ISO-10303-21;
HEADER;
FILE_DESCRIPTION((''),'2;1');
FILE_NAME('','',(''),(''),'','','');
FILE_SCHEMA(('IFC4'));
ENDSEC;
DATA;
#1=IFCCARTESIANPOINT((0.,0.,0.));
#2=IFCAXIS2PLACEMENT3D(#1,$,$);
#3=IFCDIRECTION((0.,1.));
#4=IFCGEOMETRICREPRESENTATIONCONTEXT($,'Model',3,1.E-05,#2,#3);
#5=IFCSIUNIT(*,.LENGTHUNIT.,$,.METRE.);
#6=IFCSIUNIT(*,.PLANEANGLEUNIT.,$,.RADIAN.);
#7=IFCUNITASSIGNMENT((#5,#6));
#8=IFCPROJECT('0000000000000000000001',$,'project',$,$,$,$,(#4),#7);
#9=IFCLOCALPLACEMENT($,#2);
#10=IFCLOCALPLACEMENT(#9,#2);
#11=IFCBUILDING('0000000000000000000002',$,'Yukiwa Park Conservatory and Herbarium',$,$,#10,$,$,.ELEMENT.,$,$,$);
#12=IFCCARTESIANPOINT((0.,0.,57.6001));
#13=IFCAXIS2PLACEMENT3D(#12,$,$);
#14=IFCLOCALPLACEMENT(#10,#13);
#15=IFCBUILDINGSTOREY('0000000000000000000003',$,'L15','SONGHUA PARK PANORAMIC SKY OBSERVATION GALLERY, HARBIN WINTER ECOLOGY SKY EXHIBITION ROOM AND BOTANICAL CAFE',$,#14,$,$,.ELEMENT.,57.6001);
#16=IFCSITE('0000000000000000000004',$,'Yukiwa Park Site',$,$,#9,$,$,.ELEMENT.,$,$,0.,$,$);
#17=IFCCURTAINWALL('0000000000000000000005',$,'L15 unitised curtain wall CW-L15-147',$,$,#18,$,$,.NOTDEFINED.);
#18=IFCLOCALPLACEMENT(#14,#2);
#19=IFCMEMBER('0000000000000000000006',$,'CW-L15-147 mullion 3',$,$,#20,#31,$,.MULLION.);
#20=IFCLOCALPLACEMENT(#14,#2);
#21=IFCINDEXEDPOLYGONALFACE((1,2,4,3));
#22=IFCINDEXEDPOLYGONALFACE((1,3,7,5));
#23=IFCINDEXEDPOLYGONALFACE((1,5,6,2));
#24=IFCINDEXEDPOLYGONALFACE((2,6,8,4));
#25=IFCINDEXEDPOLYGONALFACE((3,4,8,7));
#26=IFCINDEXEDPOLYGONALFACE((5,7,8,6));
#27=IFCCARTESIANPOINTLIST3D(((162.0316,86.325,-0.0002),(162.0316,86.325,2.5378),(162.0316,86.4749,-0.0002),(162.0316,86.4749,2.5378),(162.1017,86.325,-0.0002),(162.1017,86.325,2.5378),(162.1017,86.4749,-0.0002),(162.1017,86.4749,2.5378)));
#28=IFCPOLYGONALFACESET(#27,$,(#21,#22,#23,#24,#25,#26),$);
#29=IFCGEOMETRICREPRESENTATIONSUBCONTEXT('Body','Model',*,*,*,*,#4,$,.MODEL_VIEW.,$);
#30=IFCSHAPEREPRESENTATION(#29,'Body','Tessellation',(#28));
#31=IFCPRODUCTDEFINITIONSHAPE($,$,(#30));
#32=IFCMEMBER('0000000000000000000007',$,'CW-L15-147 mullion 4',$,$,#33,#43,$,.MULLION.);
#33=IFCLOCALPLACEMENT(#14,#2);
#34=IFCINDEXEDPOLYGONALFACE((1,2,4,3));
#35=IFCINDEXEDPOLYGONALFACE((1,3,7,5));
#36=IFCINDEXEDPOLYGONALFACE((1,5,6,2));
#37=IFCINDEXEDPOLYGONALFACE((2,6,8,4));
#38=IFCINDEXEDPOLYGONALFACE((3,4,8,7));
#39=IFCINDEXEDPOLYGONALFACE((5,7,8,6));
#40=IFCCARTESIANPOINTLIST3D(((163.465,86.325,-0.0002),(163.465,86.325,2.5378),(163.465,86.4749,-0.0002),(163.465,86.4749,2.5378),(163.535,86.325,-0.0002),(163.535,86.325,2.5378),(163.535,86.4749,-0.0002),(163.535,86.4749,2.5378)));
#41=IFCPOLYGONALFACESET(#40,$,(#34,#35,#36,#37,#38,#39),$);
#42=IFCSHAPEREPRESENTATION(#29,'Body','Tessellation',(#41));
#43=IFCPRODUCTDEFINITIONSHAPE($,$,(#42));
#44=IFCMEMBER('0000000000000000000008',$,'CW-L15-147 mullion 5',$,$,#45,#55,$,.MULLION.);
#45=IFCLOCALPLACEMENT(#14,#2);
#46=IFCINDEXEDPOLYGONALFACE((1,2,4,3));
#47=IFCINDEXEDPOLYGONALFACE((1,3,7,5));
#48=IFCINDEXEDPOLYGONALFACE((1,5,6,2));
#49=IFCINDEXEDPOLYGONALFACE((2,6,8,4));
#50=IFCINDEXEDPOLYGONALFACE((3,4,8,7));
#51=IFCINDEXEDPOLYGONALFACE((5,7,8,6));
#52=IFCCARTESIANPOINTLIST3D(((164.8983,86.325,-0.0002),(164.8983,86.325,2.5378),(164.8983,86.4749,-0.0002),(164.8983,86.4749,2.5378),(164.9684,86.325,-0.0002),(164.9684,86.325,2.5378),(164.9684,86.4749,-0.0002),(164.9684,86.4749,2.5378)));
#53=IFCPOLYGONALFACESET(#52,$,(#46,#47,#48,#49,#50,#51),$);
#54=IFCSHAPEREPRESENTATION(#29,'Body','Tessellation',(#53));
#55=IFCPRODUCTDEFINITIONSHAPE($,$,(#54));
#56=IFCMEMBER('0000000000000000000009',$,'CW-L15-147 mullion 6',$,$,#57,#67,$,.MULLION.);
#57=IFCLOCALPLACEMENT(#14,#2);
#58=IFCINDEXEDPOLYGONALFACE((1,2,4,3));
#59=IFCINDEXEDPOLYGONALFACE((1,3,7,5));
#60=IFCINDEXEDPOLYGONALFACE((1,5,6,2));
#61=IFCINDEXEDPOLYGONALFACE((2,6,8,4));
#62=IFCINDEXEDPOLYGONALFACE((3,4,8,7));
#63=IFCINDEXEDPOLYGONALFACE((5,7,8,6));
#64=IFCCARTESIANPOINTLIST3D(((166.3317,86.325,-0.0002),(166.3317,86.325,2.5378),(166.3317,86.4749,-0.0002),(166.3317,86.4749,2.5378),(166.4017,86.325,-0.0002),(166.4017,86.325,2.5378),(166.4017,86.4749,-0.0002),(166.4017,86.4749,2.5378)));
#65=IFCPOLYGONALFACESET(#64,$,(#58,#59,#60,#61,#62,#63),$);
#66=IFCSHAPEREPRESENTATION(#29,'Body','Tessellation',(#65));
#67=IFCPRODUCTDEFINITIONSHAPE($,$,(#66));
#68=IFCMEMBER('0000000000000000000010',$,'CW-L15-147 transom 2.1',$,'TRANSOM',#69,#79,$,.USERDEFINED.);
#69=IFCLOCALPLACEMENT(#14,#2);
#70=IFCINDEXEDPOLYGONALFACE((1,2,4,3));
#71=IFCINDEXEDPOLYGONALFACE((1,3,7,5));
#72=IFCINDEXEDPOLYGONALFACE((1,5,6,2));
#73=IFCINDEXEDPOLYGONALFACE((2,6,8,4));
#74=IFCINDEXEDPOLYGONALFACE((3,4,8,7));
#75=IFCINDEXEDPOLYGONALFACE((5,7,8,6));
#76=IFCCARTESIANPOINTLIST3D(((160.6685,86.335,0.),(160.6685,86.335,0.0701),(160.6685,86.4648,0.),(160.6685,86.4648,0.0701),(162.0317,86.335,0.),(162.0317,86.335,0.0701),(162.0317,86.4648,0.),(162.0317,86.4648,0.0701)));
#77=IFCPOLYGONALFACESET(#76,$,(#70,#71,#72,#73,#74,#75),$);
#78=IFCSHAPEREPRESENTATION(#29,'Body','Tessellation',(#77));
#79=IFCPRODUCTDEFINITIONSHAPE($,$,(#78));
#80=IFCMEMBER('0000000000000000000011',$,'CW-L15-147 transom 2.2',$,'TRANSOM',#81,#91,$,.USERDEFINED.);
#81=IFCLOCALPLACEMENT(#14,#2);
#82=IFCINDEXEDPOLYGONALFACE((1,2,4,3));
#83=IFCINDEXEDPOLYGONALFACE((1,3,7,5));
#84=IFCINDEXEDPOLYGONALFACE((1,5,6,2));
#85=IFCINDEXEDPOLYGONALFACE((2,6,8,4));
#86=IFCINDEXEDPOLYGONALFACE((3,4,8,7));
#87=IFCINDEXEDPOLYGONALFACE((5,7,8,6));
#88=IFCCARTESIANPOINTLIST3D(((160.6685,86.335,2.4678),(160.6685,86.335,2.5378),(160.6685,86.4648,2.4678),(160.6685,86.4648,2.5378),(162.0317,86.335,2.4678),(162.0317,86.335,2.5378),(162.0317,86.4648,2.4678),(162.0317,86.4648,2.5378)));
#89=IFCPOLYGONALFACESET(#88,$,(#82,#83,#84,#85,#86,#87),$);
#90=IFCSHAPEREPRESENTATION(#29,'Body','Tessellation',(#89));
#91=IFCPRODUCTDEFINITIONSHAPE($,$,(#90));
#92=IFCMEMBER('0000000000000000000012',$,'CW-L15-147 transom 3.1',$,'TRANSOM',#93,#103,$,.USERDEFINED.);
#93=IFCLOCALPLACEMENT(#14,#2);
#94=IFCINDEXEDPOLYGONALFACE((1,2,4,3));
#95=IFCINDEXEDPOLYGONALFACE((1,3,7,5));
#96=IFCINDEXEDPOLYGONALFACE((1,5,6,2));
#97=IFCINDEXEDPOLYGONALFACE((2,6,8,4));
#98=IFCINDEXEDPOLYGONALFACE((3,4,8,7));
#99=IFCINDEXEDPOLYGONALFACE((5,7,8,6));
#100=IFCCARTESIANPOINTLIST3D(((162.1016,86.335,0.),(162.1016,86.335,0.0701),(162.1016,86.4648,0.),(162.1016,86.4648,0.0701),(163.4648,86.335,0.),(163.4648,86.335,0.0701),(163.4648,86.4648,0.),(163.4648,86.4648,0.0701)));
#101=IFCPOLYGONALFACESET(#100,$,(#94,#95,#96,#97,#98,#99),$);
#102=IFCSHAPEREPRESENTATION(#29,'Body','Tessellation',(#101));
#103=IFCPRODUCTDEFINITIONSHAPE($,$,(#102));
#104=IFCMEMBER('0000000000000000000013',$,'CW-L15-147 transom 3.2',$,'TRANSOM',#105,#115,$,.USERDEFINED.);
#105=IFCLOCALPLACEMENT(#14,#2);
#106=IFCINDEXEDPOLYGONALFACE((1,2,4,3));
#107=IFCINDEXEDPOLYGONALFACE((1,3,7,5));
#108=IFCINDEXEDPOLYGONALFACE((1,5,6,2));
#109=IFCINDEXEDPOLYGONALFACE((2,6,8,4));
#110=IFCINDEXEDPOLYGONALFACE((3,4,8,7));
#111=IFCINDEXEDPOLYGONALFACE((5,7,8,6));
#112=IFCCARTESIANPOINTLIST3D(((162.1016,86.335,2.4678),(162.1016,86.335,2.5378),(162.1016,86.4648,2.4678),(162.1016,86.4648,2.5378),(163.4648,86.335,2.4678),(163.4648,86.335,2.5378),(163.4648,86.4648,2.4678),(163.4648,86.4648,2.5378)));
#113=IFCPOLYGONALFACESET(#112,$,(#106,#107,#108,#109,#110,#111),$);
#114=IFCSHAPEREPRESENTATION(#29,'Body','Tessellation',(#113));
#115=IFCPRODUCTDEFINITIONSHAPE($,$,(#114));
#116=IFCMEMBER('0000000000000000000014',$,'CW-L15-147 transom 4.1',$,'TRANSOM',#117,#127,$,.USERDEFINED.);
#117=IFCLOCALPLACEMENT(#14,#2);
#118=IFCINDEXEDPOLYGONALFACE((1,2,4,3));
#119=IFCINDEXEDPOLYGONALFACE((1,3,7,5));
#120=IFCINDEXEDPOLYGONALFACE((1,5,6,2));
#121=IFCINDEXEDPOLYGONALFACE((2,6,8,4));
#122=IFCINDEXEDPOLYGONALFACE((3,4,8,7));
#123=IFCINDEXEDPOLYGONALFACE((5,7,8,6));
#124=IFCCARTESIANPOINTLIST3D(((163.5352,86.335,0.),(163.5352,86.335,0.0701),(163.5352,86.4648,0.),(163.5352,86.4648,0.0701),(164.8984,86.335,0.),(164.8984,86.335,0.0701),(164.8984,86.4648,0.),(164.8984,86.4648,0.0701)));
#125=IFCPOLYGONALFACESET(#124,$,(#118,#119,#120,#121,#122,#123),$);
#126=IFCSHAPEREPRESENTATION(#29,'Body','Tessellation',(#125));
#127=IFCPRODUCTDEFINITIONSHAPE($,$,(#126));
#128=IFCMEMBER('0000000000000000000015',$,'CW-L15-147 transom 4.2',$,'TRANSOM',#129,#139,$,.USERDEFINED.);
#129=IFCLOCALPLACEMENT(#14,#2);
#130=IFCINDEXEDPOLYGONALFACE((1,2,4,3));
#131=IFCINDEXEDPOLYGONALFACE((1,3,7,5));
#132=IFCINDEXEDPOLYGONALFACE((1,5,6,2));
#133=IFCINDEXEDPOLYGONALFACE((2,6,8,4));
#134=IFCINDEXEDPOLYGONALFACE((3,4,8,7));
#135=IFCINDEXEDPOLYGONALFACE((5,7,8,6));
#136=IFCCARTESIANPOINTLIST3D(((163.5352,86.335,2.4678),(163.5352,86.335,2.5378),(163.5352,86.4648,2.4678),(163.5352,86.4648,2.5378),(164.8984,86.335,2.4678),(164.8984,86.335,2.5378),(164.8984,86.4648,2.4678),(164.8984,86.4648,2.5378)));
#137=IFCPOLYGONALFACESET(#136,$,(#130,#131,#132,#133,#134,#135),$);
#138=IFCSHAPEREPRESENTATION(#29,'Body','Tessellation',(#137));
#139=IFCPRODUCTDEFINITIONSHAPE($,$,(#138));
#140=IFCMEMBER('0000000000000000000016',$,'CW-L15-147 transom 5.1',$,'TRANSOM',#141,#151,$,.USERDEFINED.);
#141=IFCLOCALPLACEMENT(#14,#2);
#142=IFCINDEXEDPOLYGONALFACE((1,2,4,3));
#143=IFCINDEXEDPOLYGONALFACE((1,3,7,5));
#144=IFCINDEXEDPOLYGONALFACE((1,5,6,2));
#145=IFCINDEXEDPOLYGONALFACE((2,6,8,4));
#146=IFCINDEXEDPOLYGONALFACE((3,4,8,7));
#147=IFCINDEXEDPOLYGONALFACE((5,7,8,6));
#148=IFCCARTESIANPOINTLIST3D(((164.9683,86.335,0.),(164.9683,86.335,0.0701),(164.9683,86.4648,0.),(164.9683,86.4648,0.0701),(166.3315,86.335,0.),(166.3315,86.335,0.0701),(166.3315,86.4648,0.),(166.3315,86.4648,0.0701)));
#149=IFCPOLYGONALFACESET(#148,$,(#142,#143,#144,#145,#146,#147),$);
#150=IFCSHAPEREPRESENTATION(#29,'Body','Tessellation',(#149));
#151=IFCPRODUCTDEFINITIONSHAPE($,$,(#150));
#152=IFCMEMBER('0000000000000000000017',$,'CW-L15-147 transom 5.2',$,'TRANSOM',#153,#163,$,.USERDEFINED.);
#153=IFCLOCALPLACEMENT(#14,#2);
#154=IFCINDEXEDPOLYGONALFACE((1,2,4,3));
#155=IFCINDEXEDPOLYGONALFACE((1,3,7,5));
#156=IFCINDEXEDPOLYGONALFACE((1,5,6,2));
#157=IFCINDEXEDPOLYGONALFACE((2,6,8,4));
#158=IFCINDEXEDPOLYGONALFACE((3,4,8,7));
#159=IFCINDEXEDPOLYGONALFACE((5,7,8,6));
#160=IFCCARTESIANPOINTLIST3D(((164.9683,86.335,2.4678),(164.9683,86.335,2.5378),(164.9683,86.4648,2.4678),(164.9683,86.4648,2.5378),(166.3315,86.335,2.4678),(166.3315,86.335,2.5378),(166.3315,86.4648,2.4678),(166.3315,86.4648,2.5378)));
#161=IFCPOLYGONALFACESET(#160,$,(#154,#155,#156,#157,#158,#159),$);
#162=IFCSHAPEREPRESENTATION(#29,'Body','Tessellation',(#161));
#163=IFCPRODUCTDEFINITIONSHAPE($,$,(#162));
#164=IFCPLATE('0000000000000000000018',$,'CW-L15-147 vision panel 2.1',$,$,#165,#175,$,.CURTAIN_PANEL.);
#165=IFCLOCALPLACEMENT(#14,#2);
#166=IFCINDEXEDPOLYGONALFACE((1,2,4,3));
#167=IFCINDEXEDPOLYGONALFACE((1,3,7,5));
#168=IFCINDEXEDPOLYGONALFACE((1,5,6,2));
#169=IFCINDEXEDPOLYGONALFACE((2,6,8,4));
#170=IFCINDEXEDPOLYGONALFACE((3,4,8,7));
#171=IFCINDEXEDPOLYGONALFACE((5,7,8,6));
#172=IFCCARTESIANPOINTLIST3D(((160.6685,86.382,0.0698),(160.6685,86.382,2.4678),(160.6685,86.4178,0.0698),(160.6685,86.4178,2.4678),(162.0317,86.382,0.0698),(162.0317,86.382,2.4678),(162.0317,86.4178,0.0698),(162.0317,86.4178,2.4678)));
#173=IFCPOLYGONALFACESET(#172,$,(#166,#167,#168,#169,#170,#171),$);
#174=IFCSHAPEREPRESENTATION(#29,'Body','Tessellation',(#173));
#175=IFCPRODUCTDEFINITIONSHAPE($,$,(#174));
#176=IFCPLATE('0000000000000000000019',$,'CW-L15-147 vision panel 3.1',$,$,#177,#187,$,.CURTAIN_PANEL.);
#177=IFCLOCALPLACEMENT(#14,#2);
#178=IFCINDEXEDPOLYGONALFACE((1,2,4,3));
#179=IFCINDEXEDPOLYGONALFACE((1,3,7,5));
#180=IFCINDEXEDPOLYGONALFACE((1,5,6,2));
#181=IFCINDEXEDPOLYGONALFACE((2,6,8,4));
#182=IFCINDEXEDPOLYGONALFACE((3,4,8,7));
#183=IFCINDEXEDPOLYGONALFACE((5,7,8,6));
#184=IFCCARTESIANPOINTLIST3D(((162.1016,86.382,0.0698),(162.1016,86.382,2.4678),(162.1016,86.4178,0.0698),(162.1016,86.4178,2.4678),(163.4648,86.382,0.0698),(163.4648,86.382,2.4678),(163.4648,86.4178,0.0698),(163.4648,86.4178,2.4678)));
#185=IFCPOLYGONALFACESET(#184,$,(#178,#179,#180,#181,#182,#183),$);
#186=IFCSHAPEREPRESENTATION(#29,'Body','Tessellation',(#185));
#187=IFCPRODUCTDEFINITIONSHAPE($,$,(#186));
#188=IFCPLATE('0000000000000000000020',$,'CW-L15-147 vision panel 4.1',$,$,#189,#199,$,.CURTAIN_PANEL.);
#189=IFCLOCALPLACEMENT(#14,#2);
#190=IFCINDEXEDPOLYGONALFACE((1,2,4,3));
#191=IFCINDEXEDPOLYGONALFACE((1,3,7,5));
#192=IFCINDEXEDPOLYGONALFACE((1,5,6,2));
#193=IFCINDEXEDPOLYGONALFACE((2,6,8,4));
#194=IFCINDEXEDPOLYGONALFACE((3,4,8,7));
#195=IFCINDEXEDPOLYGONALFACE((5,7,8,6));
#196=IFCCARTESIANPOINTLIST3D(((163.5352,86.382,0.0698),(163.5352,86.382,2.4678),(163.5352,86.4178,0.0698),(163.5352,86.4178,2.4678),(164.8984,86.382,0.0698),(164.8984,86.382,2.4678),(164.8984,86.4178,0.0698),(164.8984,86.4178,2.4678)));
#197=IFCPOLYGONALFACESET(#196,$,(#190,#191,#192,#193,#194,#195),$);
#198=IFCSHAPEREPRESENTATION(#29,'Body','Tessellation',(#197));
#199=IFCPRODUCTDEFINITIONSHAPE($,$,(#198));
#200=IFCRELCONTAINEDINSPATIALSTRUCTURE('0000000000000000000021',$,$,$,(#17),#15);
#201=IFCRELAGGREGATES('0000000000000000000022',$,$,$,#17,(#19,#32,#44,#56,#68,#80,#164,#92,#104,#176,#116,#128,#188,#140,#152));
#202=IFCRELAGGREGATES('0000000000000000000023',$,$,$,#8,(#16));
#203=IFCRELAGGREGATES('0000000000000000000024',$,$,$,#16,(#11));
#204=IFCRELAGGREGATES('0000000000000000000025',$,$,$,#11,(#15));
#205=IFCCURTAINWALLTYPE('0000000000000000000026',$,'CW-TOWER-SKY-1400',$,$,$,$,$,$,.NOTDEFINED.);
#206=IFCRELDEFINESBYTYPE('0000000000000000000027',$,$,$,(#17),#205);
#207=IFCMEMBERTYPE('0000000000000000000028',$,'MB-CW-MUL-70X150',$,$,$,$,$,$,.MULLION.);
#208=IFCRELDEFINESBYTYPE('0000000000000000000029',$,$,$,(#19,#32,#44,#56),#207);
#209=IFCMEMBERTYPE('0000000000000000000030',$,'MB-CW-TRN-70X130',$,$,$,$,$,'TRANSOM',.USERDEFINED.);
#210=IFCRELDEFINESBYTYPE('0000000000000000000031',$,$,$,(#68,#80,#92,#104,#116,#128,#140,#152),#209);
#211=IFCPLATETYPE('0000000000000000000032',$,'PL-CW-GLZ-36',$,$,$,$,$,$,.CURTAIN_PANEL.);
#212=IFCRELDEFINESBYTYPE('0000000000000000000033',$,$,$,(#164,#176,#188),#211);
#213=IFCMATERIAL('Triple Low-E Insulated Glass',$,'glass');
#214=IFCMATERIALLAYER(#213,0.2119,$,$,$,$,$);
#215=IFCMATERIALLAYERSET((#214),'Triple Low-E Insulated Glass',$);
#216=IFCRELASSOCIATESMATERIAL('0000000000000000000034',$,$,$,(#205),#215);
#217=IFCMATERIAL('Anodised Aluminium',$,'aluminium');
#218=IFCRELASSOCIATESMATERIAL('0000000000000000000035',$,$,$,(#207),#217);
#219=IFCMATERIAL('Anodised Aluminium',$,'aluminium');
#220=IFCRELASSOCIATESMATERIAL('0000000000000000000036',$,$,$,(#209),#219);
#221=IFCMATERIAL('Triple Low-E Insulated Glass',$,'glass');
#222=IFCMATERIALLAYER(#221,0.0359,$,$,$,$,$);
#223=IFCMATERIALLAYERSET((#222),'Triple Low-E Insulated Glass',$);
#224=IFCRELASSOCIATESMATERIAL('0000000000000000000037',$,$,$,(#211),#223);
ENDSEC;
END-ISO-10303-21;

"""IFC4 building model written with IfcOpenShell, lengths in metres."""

from ifc_helpers import new_model, si_unit, direction, frame, origin, origin_2d, place, context, subcontext, project, spatial, rectangle, extrude, material, layer, layer_set, type_object, element, aggregate, save


model = new_model("IFC4")

# Units and contexts
model_context = context("Model", 3, precision=1e-05, world=origin(), true_north=direction((0.0, 1.0)))
body_context = subcontext(model_context, "Body", "Model", "MODEL_VIEW")
ifc_project = project(units=[si_unit("LENGTHUNIT", "METRE"), si_unit("PLANEANGLEUNIT", "RADIAN")], contexts=[model_context])

# Site, building, storey
site_placement = place(None, origin())
site = spatial("IfcSite", under=ifc_project, at=site_placement, Name="Yukiwa Park Site", CompositionType="ELEMENT", RefElevation=0.0)
building_placement = place(site_placement, origin())
building = spatial("IfcBuilding", under=site, at=building_placement, Name="Yukiwa Park Conservatory and Herbarium", CompositionType="ELEMENT")
storey_placement = place(building_placement, frame((0.0, 0.0, 57.6001)))
storey = spatial("IfcBuildingStorey", under=building, at=storey_placement, Name="L15", Description="SONGHUA PARK PANORAMIC SKY OBSERVATION GALLERY, HARBIN WINTER ECOLOGY SKY EXHIBITION ROOM AND BOTANICAL CAFE", CompositionType="ELEMENT", Elevation=57.6001)

# Curtain wall, members, plates
ifc_material_1 = material(Name="Triple Low-E Insulated Glass", Category="glass")
ifc_layer_1 = layer(ifc_material_1, 0.2119)
ifc_layer_set_1 = layer_set([ifc_layer_1], Name="Triple Low-E Insulated Glass")
curtain_wall_type = type_object("IfcCurtainWallType", Name="CW-TOWER-SKY-1400", PredefinedType="NOTDEFINED", material=ifc_layer_set_1)
curtain_wall_placement = place(storey_placement, origin())
curtain_wall = element("IfcCurtainWall", 1, at=curtain_wall_placement, inside=storey, type_object=curtain_wall_type, Name="L15 unitised curtain wall CW-L15-147", PredefinedType="NOTDEFINED")
ifc_material_2 = material(Name="Anodised Aluminium", Category="aluminium")
member_type_1 = type_object("IfcMemberType", Name="MB-CW-MUL-70X150", PredefinedType="MULLION", material=ifc_material_2)
member_1_placement = place(storey_placement, frame((162.0667, 86.3999, -0.0002), z_axis=(0.0, 0.0, 1.0), x_axis=(1.0, 0.0, 0.0)))
member_1 = element("IfcMember", 2, at=member_1_placement, type_object=member_type_1, Name="CW-L15-147 mullion 3", PredefinedType="MULLION", context=body_context, shape_type="SweptSolid", body=[
    extrude(rectangle(XDim=0.0701, YDim=0.1499, at=origin_2d()), origin(), (0.0, 0.0, 1.0), 2.5381),
])
member_2_placement = place(storey_placement, frame((163.5, 86.3999, -0.0002), z_axis=(0.0, 0.0, 1.0), x_axis=(1.0, 0.0, 0.0)))
member_2 = element("IfcMember", 3, at=member_2_placement, type_object=member_type_1, Name="CW-L15-147 mullion 4", PredefinedType="MULLION", context=body_context, shape_type="SweptSolid", body=[
    extrude(rectangle(XDim=0.0701, YDim=0.1499, at=origin_2d()), origin(), (0.0, 0.0, 1.0), 2.5381),
])
member_3_placement = place(storey_placement, frame((164.9333, 86.3999, -0.0002), z_axis=(0.0, 0.0, 1.0), x_axis=(1.0, 0.0, 0.0)))
member_3 = element("IfcMember", 4, at=member_3_placement, type_object=member_type_1, Name="CW-L15-147 mullion 5", PredefinedType="MULLION", context=body_context, shape_type="SweptSolid", body=[
    extrude(rectangle(XDim=0.0701, YDim=0.1499, at=origin_2d()), origin(), (0.0, 0.0, 1.0), 2.5381),
])
member_4_placement = place(storey_placement, frame((166.3667, 86.3999, -0.0002), z_axis=(0.0, 0.0, 1.0), x_axis=(1.0, 0.0, 0.0)))
member_4 = element("IfcMember", 5, at=member_4_placement, type_object=member_type_1, Name="CW-L15-147 mullion 6", PredefinedType="MULLION", context=body_context, shape_type="SweptSolid", body=[
    extrude(rectangle(XDim=0.0701, YDim=0.1499, at=origin_2d()), origin(), (0.0, 0.0, 1.0), 2.5381),
])
ifc_material_3 = material(Name="Anodised Aluminium", Category="aluminium")
member_type_2 = type_object("IfcMemberType", Name="MB-CW-TRN-70X130", ElementType="TRANSOM", PredefinedType="USERDEFINED", material=ifc_material_3)
member_5_placement = place(storey_placement, frame((161.3501, 86.3999, 0.0), z_axis=(0.0, 0.0, 1.0), x_axis=(1.0, 0.0, 0.0)))
member_5 = element("IfcMember", 6, at=member_5_placement, type_object=member_type_2, Name="CW-L15-147 transom 2.1", ObjectType="TRANSOM", PredefinedType="USERDEFINED", context=body_context, shape_type="SweptSolid", body=[
    extrude(rectangle(XDim=1.3633, YDim=0.1299, at=origin_2d()), origin(), (0.0, 0.0, 1.0), 0.0701),
])
member_6_placement = place(storey_placement, frame((161.3501, 86.3999, 2.4678), z_axis=(0.0, 0.0, 1.0), x_axis=(1.0, 0.0, 0.0)))
member_6 = element("IfcMember", 7, at=member_6_placement, type_object=member_type_2, Name="CW-L15-147 transom 2.2", ObjectType="TRANSOM", PredefinedType="USERDEFINED", context=body_context, shape_type="SweptSolid", body=[
    extrude(rectangle(XDim=1.3633, YDim=0.1299, at=origin_2d()), origin(), (0.0, 0.0, 1.0), 0.0701),
])
member_7_placement = place(storey_placement, frame((162.7832, 86.3999, 0.0), z_axis=(0.0, 0.0, 1.0), x_axis=(1.0, 0.0, 0.0)))
member_7 = element("IfcMember", 8, at=member_7_placement, type_object=member_type_2, Name="CW-L15-147 transom 3.1", ObjectType="TRANSOM", PredefinedType="USERDEFINED", context=body_context, shape_type="SweptSolid", body=[
    extrude(rectangle(XDim=1.3633, YDim=0.1299, at=origin_2d()), origin(), (0.0, 0.0, 1.0), 0.0701),
])
member_8_placement = place(storey_placement, frame((162.7832, 86.3999, 2.4678), z_axis=(0.0, 0.0, 1.0), x_axis=(1.0, 0.0, 0.0)))
member_8 = element("IfcMember", 9, at=member_8_placement, type_object=member_type_2, Name="CW-L15-147 transom 3.2", ObjectType="TRANSOM", PredefinedType="USERDEFINED", context=body_context, shape_type="SweptSolid", body=[
    extrude(rectangle(XDim=1.3633, YDim=0.1299, at=origin_2d()), origin(), (0.0, 0.0, 1.0), 0.0701),
])
member_9_placement = place(storey_placement, frame((164.2168, 86.3999, 0.0), z_axis=(0.0, 0.0, 1.0), x_axis=(1.0, 0.0, 0.0)))
member_9 = element("IfcMember", 10, at=member_9_placement, type_object=member_type_2, Name="CW-L15-147 transom 4.1", ObjectType="TRANSOM", PredefinedType="USERDEFINED", context=body_context, shape_type="SweptSolid", body=[
    extrude(rectangle(XDim=1.3633, YDim=0.1299, at=origin_2d()), origin(), (0.0, 0.0, 1.0), 0.0701),
])
member_10_placement = place(storey_placement, frame((164.2168, 86.3999, 2.4678), z_axis=(0.0, 0.0, 1.0), x_axis=(1.0, 0.0, 0.0)))
member_10 = element("IfcMember", 11, at=member_10_placement, type_object=member_type_2, Name="CW-L15-147 transom 4.2", ObjectType="TRANSOM", PredefinedType="USERDEFINED", context=body_context, shape_type="SweptSolid", body=[
    extrude(rectangle(XDim=1.3633, YDim=0.1299, at=origin_2d()), origin(), (0.0, 0.0, 1.0), 0.0701),
])
member_11_placement = place(storey_placement, frame((165.6499, 86.3999, 0.0), z_axis=(0.0, 0.0, 1.0), x_axis=(1.0, 0.0, 0.0)))
member_11 = element("IfcMember", 12, at=member_11_placement, type_object=member_type_2, Name="CW-L15-147 transom 5.1", ObjectType="TRANSOM", PredefinedType="USERDEFINED", context=body_context, shape_type="SweptSolid", body=[
    extrude(rectangle(XDim=1.3633, YDim=0.1299, at=origin_2d()), origin(), (0.0, 0.0, 1.0), 0.0701),
])
member_12_placement = place(storey_placement, frame((165.6499, 86.3999, 2.4678), z_axis=(0.0, 0.0, 1.0), x_axis=(1.0, 0.0, 0.0)))
member_12 = element("IfcMember", 13, at=member_12_placement, type_object=member_type_2, Name="CW-L15-147 transom 5.2", ObjectType="TRANSOM", PredefinedType="USERDEFINED", context=body_context, shape_type="SweptSolid", body=[
    extrude(rectangle(XDim=1.3633, YDim=0.1299, at=origin_2d()), origin(), (0.0, 0.0, 1.0), 0.0701),
])
ifc_material_4 = material(Name="Triple Low-E Insulated Glass", Category="glass")
ifc_layer_2 = layer(ifc_material_4, 0.0359)
ifc_layer_set_2 = layer_set([ifc_layer_2], Name="Triple Low-E Insulated Glass")
plate_type_1 = type_object("IfcPlateType", Name="PL-CW-GLZ-36", PredefinedType="CURTAIN_PANEL", material=ifc_layer_set_2)
plate_1_placement = place(storey_placement, frame((161.3501, 86.3999, 0.0698), z_axis=(0.0, 0.0, 1.0), x_axis=(1.0, 0.0, 0.0)))
plate_1 = element("IfcPlate", 14, at=plate_1_placement, type_object=plate_type_1, Name="CW-L15-147 vision panel 2.1", PredefinedType="CURTAIN_PANEL", context=body_context, shape_type="SweptSolid", body=[
    extrude(rectangle(XDim=1.3633, YDim=0.0359, at=origin_2d()), origin(), (0.0, 0.0, 1.0), 2.3979),
])
plate_2_placement = place(storey_placement, frame((162.7832, 86.3999, 0.0698), z_axis=(0.0, 0.0, 1.0), x_axis=(1.0, 0.0, 0.0)))
plate_2 = element("IfcPlate", 15, at=plate_2_placement, type_object=plate_type_1, Name="CW-L15-147 vision panel 3.1", PredefinedType="CURTAIN_PANEL", context=body_context, shape_type="SweptSolid", body=[
    extrude(rectangle(XDim=1.3633, YDim=0.0359, at=origin_2d()), origin(), (0.0, 0.0, 1.0), 2.3979),
])
plate_3_placement = place(storey_placement, frame((164.2168, 86.3999, 0.0698), z_axis=(0.0, 0.0, 1.0), x_axis=(1.0, 0.0, 0.0)))
plate_3 = element("IfcPlate", 16, at=plate_3_placement, type_object=plate_type_1, Name="CW-L15-147 vision panel 4.1", PredefinedType="CURTAIN_PANEL", context=body_context, shape_type="SweptSolid", body=[
    extrude(rectangle(XDim=1.3633, YDim=0.0359, at=origin_2d()), origin(), (0.0, 0.0, 1.0), 2.3979),
])
aggregate(curtain_wall, [member_1, member_2, member_3, member_4, member_5, member_6, plate_1, member_7, member_8, plate_2, member_9, member_10, plate_3, member_11, member_12])

save(model, "model.ifc")
